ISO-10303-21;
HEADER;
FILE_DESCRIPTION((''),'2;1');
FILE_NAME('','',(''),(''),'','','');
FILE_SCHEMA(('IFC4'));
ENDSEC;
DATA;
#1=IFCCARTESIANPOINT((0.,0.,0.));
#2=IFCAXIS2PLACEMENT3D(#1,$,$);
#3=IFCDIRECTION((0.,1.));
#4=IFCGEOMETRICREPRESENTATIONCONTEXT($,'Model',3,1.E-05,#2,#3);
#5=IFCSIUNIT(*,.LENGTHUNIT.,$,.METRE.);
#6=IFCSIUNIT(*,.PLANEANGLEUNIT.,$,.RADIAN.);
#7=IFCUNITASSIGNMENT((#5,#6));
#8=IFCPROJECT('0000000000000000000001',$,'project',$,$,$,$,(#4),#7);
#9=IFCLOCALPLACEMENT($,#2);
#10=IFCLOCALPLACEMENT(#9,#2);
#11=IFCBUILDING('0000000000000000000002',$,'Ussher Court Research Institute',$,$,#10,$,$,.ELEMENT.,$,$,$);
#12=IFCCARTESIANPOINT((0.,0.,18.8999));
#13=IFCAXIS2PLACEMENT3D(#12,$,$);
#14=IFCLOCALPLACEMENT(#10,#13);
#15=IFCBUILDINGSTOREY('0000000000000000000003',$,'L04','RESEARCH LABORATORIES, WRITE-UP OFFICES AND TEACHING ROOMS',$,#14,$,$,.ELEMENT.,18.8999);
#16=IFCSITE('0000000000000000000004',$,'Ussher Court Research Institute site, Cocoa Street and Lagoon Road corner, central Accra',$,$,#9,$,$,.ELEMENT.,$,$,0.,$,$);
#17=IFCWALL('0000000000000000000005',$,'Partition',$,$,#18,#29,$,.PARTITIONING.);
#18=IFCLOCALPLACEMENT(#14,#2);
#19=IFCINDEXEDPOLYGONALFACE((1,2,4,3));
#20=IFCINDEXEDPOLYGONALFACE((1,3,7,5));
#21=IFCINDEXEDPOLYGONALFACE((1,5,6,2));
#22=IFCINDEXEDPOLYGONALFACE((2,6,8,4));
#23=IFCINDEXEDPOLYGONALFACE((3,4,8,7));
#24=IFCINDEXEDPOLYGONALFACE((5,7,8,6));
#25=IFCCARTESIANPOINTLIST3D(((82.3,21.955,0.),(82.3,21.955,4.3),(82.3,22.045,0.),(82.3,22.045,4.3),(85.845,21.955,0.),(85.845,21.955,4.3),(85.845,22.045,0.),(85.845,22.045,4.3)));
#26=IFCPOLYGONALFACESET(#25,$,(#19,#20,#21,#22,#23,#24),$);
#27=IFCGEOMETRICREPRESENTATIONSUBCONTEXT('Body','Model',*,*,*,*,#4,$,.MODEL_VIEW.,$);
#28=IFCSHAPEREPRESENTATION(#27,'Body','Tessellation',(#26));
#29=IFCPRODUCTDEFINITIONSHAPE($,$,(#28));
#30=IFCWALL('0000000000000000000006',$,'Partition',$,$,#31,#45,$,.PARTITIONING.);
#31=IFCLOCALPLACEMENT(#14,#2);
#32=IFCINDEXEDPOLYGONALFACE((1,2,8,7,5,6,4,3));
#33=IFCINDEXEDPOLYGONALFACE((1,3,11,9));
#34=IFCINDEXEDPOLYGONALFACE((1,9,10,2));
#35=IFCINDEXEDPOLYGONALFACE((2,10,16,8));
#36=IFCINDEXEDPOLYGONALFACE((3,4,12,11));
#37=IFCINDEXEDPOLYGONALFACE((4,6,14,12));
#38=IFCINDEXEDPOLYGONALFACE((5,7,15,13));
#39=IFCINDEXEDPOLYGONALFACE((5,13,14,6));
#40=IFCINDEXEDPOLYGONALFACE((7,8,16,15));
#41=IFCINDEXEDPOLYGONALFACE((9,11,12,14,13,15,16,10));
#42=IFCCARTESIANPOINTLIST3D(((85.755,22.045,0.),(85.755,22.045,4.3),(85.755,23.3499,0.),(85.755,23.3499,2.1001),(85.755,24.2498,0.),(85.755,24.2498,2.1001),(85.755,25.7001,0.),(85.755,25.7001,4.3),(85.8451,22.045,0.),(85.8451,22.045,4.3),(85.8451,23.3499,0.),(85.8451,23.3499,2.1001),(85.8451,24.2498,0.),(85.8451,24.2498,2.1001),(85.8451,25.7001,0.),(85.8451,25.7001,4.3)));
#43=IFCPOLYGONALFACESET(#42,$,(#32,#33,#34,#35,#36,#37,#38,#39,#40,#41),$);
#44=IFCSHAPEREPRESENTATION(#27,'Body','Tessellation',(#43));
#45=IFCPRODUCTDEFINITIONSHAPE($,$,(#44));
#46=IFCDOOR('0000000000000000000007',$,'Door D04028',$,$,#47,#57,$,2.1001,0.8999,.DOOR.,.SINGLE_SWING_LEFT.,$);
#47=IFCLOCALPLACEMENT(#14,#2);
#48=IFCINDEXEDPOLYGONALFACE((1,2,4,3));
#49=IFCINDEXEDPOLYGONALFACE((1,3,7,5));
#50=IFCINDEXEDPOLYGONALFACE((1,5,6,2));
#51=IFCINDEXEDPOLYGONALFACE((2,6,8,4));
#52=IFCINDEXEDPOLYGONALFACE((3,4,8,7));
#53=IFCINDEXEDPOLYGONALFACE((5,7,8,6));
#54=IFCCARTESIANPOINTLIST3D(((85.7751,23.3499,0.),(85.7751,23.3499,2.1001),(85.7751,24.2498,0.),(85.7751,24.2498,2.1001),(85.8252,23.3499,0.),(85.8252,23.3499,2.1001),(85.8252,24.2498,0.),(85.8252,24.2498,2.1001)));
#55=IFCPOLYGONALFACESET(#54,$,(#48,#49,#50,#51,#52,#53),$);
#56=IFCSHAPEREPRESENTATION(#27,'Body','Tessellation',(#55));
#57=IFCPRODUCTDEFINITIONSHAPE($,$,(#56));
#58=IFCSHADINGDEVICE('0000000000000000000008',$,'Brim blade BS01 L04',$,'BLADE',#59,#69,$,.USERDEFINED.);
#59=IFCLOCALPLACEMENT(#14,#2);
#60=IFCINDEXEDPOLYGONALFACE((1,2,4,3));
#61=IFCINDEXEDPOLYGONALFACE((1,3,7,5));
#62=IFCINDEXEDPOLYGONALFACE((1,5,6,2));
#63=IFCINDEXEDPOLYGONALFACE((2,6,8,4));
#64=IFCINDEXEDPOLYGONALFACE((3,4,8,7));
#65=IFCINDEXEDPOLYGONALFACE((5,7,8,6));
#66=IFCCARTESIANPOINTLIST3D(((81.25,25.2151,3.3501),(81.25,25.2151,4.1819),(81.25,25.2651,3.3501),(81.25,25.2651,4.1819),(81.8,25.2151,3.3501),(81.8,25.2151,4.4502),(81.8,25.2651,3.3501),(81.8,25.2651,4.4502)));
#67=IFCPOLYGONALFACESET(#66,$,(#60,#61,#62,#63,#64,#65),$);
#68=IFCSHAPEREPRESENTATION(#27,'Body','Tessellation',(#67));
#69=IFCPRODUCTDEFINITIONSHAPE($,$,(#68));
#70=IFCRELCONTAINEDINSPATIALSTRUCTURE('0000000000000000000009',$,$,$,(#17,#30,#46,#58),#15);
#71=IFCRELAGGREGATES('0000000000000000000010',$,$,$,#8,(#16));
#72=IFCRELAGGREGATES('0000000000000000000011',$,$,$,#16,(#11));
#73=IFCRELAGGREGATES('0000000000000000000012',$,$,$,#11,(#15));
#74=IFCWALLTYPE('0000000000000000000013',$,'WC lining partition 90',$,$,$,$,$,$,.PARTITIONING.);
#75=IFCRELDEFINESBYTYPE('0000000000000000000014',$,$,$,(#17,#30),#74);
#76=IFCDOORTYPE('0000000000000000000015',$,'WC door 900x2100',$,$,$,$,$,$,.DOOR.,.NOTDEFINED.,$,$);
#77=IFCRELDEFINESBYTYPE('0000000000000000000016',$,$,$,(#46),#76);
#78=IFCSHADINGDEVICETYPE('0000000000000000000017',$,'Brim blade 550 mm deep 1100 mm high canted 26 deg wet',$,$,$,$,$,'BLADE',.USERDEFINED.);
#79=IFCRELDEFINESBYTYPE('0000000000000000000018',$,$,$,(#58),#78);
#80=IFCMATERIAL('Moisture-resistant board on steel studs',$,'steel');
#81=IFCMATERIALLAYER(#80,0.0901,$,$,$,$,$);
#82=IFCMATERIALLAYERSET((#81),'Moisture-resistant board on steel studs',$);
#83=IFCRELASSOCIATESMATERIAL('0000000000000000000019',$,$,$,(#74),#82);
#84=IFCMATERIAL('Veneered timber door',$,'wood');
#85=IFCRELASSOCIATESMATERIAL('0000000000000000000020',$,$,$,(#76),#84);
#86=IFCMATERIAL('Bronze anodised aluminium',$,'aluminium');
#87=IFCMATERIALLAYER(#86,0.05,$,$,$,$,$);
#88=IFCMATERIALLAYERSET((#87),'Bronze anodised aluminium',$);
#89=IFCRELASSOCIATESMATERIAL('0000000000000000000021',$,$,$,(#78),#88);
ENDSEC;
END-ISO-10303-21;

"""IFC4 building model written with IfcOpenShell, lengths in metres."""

from ifc_helpers import new_model, si_unit, direction, frame, frame_2d, origin, place, context, subcontext, project, spatial, polyline, rectangle, outline, extrude, material, layer, layer_set, type_object, element, fill, save


model = new_model("IFC4")

# Units and contexts
model_context = context("Model", 3, precision=1e-05, world=origin(), true_north=direction((0.0, 1.0)))
body_context = subcontext(model_context, "Body", "Model", "MODEL_VIEW")
ifc_project = project(units=[si_unit("LENGTHUNIT", "METRE"), si_unit("PLANEANGLEUNIT", "RADIAN")], contexts=[model_context])

# Site, building, storey
site_placement = place(None, origin())
site = spatial("IfcSite", under=ifc_project, at=site_placement, Name="Ussher Court Research Institute site, Cocoa Street and Lagoon Road corner, central Accra", CompositionType="ELEMENT", RefElevation=0.0)
building_placement = place(site_placement, origin())
building = spatial("IfcBuilding", under=site, at=building_placement, Name="Ussher Court Research Institute", CompositionType="ELEMENT")
storey_placement = place(building_placement, frame((0.0, 0.0, 18.8999)))
storey = spatial("IfcBuildingStorey", under=building, at=storey_placement, Name="L04", Description="RESEARCH LABORATORIES, WRITE-UP OFFICES AND TEACHING ROOMS", CompositionType="ELEMENT", Elevation=18.8999)

# Wall
ifc_material_1 = material(Name="Moisture-resistant board on steel studs", Category="steel")
ifc_layer_1 = layer(ifc_material_1, 0.0901)
ifc_layer_set_1 = layer_set([ifc_layer_1], Name="Moisture-resistant board on steel studs")
wall_type_1 = type_object("IfcWallType", Name="WC lining partition 90", PredefinedType="PARTITIONING", material=ifc_layer_set_1)
wall_1_placement = place(storey_placement, frame((82.3, 22.0, 0.0), z_axis=(0.0, 0.0, 1.0), x_axis=(1.0, 0.0, 0.0)))
element("IfcWall", 1, at=wall_1_placement, inside=storey, type_object=wall_type_1, Name="Partition", PredefinedType="PARTITIONING", context=body_context, shape_type="SweptSolid", body=[
    extrude(rectangle(XDim=3.5449, YDim=0.0901, at=frame_2d((1.7725, 0.0))), origin(), (0.0, 0.0, 1.0), 4.3),
])

# Wall, opening, door
wall_2_placement = place(storey_placement, frame((85.8, 22.0449, 0.0), z_axis=(0.0, 0.0, 1.0), x_axis=(0.0, 1.0, 0.0)))
wall_2 = element("IfcWall", 2, at=wall_2_placement, inside=storey, type_object=wall_type_1, Name="Partition", PredefinedType="PARTITIONING", context=body_context, shape_type="SweptSolid", body=[
    extrude(rectangle(XDim=3.655, YDim=0.0901, at=frame_2d((1.8276, 0.0))), origin(), (0.0, 0.0, 1.0), 4.3),
])
opening_1_placement = place(wall_2_placement, frame((1.3049, 0.0, 0.0)))
opening_1 = element("IfcOpeningElement", 3, at=opening_1_placement, cuts=wall_2, PredefinedType="OPENING", context=body_context, shape_type="SweptSolid", body=[
    extrude(rectangle(XDim=0.8999, YDim=2.1001, at=frame_2d((0.45, 1.05))), frame((0.0, 0.0552, 0.0), z_axis=(0.0, -1.0, 0.0), x_axis=(1.0, 0.0, 0.0)), (0.0, 0.0, 1.0), 0.1101),
])
ifc_material_2 = material(Name="Veneered timber door", Category="wood")
door_type_1 = type_object("IfcDoorType", Name="WC door 900x2100", OperationType="NOTDEFINED", PredefinedType="DOOR", material=ifc_material_2)
door_1_placement = place(opening_1_placement, origin())
door_1 = element("IfcDoor", 4, at=door_1_placement, inside=storey, type_object=door_type_1, Name="Door D04028", OperationType="SINGLE_SWING_LEFT", OverallHeight=2.1001, OverallWidth=0.8999, PredefinedType="DOOR", context=body_context, shape_type="SweptSolid", body=[
    extrude(rectangle(XDim=0.8999, YDim=2.1001, at=frame_2d((0.45, 1.05))), frame((0.0, 0.0249, 0.0), z_axis=(0.0, -1.0, 0.0), x_axis=(1.0, 0.0, 0.0)), (0.0, 0.0, 1.0), 0.05),
])
fill(opening_1, door_1)

# Shading device
ifc_material_3 = material(Name="Bronze anodised aluminium", Category="aluminium")
ifc_layer_2 = layer(ifc_material_3, 0.05)
ifc_layer_set_2 = layer_set([ifc_layer_2], Name="Bronze anodised aluminium")
shading_device_type = type_object("IfcShadingDeviceType", Name="Brim blade 550 mm deep 1100 mm high canted 26 deg wet", ElementType="BLADE", PredefinedType="USERDEFINED", material=ifc_layer_set_2)
shading_device_placement = place(storey_placement, frame((81.8, 25.24, 3.3501), z_axis=(0.0, 0.0, 1.0), x_axis=(-1.0, 0.0, 0.0)))
element("IfcShadingDevice", 5, at=shading_device_placement, inside=storey, type_object=shading_device_type, Name="Brim blade BS01 L04", ObjectType="BLADE", PredefinedType="USERDEFINED", context=body_context, shape_type="SweptSolid", body=[
    extrude(outline(polyline([(0.0, 0.0), (0.55, 0.0), (0.55, 0.8318), (0.0, 1.1001), (0.0, 0.0)])), frame((0.0, 0.0249, 0.0), z_axis=(0.0, -1.0, 0.0), x_axis=(1.0, 0.0, 0.0)), (0.0, 0.0, 1.0), 0.05),
])

save(model, "model.ifc")
